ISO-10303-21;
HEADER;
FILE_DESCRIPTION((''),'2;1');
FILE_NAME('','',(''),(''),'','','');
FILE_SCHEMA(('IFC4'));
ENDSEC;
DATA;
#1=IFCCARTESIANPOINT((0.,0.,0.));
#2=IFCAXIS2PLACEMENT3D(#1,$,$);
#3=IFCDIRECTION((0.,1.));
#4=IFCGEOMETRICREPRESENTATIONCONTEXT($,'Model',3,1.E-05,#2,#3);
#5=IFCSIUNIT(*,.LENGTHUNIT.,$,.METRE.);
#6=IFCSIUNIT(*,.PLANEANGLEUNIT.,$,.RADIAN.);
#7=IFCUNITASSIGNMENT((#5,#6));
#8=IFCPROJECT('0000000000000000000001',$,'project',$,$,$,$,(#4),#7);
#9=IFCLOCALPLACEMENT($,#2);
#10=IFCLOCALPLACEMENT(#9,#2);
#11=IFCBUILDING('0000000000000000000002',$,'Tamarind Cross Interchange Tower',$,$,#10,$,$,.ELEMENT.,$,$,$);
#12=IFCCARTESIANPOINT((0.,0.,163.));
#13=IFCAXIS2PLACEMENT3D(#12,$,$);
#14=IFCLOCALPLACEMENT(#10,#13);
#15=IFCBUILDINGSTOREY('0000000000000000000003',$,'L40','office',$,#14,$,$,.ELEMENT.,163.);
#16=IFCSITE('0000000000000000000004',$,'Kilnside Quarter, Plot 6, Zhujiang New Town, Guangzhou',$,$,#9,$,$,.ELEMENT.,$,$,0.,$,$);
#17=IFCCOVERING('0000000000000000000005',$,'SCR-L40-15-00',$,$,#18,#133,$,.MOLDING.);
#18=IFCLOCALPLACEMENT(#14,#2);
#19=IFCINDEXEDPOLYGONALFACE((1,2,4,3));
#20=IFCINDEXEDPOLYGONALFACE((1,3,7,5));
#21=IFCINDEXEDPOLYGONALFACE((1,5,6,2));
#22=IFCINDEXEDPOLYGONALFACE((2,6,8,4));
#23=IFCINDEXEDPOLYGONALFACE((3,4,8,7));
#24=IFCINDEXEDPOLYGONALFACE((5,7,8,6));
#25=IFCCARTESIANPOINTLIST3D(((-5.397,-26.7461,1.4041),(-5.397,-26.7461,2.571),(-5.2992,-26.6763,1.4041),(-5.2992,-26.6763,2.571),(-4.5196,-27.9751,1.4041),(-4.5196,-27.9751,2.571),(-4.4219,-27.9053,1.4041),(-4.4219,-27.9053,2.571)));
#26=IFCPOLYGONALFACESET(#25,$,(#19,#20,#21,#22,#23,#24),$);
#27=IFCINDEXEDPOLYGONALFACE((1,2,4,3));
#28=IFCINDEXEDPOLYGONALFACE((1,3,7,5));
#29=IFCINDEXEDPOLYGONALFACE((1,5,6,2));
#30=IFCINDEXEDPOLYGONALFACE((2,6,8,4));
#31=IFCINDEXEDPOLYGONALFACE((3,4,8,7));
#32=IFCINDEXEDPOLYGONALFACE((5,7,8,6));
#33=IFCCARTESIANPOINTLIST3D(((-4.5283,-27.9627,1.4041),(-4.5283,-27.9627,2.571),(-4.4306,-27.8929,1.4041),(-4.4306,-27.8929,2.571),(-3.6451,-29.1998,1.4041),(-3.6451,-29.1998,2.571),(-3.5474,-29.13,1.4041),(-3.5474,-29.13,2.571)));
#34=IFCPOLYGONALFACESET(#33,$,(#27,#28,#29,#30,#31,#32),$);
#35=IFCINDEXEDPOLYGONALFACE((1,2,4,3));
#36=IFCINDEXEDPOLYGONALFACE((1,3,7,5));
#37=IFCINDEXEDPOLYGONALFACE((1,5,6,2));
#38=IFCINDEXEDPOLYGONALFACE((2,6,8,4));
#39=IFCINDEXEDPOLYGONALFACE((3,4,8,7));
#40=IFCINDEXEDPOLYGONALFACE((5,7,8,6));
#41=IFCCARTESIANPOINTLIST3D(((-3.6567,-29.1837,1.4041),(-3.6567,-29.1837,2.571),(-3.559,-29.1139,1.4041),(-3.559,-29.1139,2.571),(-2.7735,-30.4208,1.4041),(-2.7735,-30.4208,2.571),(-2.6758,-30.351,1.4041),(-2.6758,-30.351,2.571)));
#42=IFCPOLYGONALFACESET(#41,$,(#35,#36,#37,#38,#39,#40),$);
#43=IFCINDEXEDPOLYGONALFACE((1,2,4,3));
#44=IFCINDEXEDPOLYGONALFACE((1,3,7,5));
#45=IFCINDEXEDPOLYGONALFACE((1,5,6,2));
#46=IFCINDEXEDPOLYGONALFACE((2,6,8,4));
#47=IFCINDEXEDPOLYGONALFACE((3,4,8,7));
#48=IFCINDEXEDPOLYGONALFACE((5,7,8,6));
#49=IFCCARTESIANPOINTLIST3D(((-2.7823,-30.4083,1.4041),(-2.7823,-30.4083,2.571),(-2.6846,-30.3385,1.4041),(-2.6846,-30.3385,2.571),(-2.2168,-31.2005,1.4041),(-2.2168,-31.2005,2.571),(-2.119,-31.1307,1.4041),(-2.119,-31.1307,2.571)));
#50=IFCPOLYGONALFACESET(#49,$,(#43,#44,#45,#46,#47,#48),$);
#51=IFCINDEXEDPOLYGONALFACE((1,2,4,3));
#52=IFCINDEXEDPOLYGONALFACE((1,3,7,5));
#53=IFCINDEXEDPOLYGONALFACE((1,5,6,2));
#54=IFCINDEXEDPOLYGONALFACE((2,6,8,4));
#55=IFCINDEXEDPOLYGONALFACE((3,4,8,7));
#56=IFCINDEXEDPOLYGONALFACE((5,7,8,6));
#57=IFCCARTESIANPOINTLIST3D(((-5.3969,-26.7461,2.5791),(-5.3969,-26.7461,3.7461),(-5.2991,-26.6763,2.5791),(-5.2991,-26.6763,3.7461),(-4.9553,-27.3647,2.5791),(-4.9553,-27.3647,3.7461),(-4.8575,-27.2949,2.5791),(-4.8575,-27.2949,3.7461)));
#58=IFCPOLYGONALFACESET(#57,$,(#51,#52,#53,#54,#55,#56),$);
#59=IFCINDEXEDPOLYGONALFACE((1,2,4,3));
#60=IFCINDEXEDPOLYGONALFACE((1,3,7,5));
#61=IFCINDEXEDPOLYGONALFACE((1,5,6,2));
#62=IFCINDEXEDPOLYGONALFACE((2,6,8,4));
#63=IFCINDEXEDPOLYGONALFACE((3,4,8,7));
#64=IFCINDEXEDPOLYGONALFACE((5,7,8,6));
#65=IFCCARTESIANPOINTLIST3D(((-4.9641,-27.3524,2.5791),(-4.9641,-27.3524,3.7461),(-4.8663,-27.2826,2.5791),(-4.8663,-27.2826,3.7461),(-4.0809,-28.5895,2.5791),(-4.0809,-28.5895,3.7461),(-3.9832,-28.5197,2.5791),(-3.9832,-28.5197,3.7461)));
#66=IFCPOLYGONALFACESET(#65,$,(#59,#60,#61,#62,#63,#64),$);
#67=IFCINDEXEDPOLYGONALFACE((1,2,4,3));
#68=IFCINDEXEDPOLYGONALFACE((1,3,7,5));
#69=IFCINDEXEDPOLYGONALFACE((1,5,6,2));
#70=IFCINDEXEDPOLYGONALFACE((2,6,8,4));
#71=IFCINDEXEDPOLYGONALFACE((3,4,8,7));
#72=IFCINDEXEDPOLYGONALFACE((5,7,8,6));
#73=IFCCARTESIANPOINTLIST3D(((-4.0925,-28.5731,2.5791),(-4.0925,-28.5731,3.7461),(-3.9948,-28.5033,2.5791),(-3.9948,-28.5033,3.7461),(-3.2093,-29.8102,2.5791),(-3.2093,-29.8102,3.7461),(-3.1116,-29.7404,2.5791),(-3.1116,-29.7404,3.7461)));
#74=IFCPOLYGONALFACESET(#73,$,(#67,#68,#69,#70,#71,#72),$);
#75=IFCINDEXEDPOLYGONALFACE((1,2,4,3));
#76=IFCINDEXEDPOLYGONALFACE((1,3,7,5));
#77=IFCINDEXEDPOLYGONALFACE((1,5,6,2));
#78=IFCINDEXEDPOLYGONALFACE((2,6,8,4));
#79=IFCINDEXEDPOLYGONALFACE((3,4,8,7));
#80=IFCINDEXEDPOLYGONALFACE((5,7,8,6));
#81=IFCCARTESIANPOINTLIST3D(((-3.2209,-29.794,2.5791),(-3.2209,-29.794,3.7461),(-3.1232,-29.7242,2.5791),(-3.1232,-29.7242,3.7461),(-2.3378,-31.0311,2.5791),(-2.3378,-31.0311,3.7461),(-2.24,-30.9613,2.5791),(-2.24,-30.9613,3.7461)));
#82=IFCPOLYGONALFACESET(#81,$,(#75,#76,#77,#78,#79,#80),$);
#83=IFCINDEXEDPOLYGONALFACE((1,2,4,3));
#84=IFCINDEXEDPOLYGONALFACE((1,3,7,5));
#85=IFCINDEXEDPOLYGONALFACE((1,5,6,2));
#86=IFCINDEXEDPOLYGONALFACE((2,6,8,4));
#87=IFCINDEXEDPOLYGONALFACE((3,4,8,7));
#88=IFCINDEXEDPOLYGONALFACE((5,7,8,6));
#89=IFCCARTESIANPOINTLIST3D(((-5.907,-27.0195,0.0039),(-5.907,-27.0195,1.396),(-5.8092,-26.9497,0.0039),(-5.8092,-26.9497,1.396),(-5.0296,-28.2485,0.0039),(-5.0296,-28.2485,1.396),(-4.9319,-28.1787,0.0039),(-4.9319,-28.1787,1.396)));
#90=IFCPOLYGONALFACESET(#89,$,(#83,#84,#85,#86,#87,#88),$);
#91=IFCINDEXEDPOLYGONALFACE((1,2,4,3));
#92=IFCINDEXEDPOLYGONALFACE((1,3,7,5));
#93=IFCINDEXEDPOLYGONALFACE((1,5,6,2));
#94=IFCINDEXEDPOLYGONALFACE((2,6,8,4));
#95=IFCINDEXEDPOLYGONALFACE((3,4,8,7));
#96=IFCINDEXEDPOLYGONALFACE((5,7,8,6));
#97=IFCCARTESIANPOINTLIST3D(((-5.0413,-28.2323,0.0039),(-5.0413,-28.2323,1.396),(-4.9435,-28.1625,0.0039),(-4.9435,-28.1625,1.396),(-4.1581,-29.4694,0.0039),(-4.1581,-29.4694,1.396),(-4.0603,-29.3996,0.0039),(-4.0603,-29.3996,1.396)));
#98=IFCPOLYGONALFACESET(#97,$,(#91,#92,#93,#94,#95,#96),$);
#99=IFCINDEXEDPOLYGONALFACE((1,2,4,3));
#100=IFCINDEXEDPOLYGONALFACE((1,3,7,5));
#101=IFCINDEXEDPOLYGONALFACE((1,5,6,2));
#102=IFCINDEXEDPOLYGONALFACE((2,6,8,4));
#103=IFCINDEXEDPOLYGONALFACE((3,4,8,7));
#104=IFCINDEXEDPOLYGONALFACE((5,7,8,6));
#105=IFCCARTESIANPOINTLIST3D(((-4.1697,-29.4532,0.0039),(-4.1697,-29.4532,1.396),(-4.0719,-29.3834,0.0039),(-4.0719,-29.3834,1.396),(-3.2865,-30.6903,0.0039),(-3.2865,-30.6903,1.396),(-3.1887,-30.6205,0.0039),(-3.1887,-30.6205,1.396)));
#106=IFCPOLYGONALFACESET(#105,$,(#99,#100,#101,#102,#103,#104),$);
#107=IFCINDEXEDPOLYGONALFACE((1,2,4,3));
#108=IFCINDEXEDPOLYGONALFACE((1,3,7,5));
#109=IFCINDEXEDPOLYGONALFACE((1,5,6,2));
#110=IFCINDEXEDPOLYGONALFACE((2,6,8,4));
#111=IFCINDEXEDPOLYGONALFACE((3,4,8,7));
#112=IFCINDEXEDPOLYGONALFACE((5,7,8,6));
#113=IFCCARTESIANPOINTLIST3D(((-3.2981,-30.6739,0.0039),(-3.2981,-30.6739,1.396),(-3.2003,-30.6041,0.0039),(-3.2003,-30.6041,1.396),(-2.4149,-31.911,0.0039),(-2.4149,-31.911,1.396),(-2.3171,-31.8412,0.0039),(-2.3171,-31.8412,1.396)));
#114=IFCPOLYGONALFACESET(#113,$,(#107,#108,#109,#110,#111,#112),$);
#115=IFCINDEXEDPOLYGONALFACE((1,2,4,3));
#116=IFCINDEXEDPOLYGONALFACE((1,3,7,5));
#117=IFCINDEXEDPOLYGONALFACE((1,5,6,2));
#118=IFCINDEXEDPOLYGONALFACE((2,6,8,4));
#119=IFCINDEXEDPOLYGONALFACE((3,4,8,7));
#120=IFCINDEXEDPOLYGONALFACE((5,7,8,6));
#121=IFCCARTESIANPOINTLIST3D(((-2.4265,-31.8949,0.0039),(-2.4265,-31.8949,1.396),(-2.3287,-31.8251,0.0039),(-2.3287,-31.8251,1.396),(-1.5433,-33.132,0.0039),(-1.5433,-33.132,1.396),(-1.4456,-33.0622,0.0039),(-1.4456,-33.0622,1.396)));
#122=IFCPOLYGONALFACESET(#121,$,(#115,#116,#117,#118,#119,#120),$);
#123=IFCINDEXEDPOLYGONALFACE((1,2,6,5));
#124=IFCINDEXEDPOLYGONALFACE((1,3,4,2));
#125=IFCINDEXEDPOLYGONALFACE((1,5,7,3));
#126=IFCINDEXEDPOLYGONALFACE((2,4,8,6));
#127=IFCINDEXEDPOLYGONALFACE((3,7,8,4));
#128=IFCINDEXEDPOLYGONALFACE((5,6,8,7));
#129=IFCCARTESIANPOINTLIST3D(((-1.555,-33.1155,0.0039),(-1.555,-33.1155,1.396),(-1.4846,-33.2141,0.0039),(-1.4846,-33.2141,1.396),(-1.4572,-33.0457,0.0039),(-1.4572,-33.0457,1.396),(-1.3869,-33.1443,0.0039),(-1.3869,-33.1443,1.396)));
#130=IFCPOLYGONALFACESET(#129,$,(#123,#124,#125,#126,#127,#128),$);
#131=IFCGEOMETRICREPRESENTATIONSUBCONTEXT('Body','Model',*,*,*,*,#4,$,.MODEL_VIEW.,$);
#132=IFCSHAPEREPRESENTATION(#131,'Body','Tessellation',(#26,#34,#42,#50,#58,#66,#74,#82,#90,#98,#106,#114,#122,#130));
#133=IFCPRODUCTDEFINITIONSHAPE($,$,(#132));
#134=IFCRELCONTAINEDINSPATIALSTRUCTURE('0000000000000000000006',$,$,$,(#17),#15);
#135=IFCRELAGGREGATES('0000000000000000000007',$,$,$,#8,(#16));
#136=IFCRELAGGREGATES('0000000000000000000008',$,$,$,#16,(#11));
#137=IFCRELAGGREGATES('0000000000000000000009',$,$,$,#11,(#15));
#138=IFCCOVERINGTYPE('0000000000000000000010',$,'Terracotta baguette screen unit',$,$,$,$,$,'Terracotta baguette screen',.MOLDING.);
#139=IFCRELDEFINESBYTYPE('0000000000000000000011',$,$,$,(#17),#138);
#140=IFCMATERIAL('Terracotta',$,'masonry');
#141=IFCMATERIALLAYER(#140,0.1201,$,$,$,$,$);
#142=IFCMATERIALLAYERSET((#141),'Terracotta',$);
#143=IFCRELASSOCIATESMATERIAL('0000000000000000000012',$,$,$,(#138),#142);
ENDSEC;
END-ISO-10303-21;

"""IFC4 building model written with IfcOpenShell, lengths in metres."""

from ifc_helpers import new_model, si_unit, direction, frame, origin, origin_2d, place, context, subcontext, project, spatial, rectangle, extrude, material, layer, layer_set, type_object, element, save


model = new_model("IFC4")

# Units and contexts
model_context = context("Model", 3, precision=1e-05, world=origin(), true_north=direction((0.0, 1.0)))
body_context = subcontext(model_context, "Body", "Model", "MODEL_VIEW")
ifc_project = project(units=[si_unit("LENGTHUNIT", "METRE"), si_unit("PLANEANGLEUNIT", "RADIAN")], contexts=[model_context])

# Site, building, storey
site_placement = place(None, origin())
site = spatial("IfcSite", under=ifc_project, at=site_placement, Name="Kilnside Quarter, Plot 6, Zhujiang New Town, Guangzhou", CompositionType="ELEMENT", RefElevation=0.0)
building_placement = place(site_placement, origin())
building = spatial("IfcBuilding", under=site, at=building_placement, Name="Tamarind Cross Interchange Tower", CompositionType="ELEMENT")
storey_placement = place(building_placement, frame((0.0, 0.0, 163.0)))
storey = spatial("IfcBuildingStorey", under=building, at=storey_placement, Name="L40", Description="office", CompositionType="ELEMENT", Elevation=163.0)

# Covering
ifc_material_1 = material(Name="Terracotta", Category="masonry")
ifc_layer_1 = layer(ifc_material_1, 0.1201)
ifc_layer_set_1 = layer_set([ifc_layer_1], Name="Terracotta")
covering_type = type_object("IfcCoveringType", Name="Terracotta baguette screen unit", ElementType="Terracotta baguette screen", PredefinedType="MOLDING", material=ifc_layer_set_1)
covering_1_placement = place(storey_placement, origin())
element("IfcCovering", 1, at=covering_1_placement, inside=storey, type_object=covering_type, Name="SCR-L40-15-00", PredefinedType="MOLDING", context=body_context, shape_type="SweptSolid", body=[
    extrude(rectangle(XDim=1.51, YDim=0.1201, at=origin_2d()), frame((-4.9094, -27.3257, 1.4041), z_axis=(0.0, 0.0, 1.0), x_axis=(0.581033, -0.81388, 0.0)), (0.0, 0.0, 1.0), 1.167),
    extrude(rectangle(XDim=1.52, YDim=0.1201, at=origin_2d()), frame((-4.0378, -28.5464, 1.4041), z_axis=(0.0, 0.0, 1.0), x_axis=(0.581033, -0.81388, 0.0)), (0.0, 0.0, 1.0), 1.167),
    extrude(rectangle(XDim=1.52, YDim=0.1201, at=origin_2d()), frame((-3.1663, -29.7673, 1.4041), z_axis=(0.0, 0.0, 1.0), x_axis=(0.581033, -0.81388, 0.0)), (0.0, 0.0, 1.0), 1.167),
    extrude(rectangle(XDim=0.9734, YDim=0.1201, at=origin_2d()), frame((-2.4507, -30.7695, 1.4041), z_axis=(0.0, 0.0, 1.0), x_axis=(0.581033, -0.81388, 0.0)), (0.0, 0.0, 1.0), 1.167),
    extrude(rectangle(XDim=0.76, YDim=0.1201, at=origin_2d()), frame((-5.1272, -27.0205, 2.5791), z_axis=(0.0, 0.0, 1.0), x_axis=(0.581033, -0.81388, 0.0)), (0.0, 0.0, 1.0), 1.167),
    extrude(rectangle(XDim=1.52, YDim=0.1201, at=origin_2d()), frame((-4.4736, -27.936, 2.5791), z_axis=(0.0, 0.0, 1.0), x_axis=(0.581033, -0.81388, 0.0)), (0.0, 0.0, 1.0), 1.167),
    extrude(rectangle(XDim=1.52, YDim=0.1201, at=origin_2d()), frame((-3.6021, -29.1567, 2.5791), z_axis=(0.0, 0.0, 1.0), x_axis=(0.581033, -0.81388, 0.0)), (0.0, 0.0, 1.0), 1.167),
    extrude(rectangle(XDim=1.52, YDim=0.1201, at=origin_2d()), frame((-2.7305, -30.3777, 2.5791), z_axis=(0.0, 0.0, 1.0), x_axis=(0.581033, -0.81388, 0.0)), (0.0, 0.0, 1.0), 1.167),
    extrude(rectangle(XDim=1.51, YDim=0.1201, at=origin_2d()), frame((-5.4194, -27.5991, 0.0039), z_axis=(0.0, 0.0, 1.0), x_axis=(0.581033, -0.81388, 0.0)), (0.0, 0.0, 1.0), 1.3921),
    extrude(rectangle(XDim=1.52, YDim=0.1201, at=origin_2d()), frame((-4.5508, -28.8159, 0.0039), z_axis=(0.0, 0.0, 1.0), x_axis=(0.581033, -0.81388, 0.0)), (0.0, 0.0, 1.0), 1.3921),
    extrude(rectangle(XDim=1.52, YDim=0.1201, at=origin_2d()), frame((-3.6792, -30.0369, 0.0039), z_axis=(0.0, 0.0, 1.0), x_axis=(0.581033, -0.81388, 0.0)), (0.0, 0.0, 1.0), 1.3921),
    extrude(rectangle(XDim=1.52, YDim=0.1201, at=origin_2d()), frame((-2.8076, -31.2576, 0.0039), z_axis=(0.0, 0.0, 1.0), x_axis=(0.581033, -0.81388, 0.0)), (0.0, 0.0, 1.0), 1.3921),
    extrude(rectangle(XDim=1.52, YDim=0.1201, at=origin_2d()), frame((-1.936, -32.4785, 0.0039), z_axis=(0.0, 0.0, 1.0), x_axis=(0.581033, -0.81388, 0.0)), (0.0, 0.0, 1.0), 1.3921),
    extrude(rectangle(XDim=0.1211, YDim=0.1201, at=origin_2d()), frame((-1.4709, -33.1299, 0.0039), z_axis=(0.0, 0.0, 1.0), x_axis=(0.581033, -0.81388, 0.0)), (0.0, 0.0, 1.0), 1.3921),
])

save(model, "model.ifc")
